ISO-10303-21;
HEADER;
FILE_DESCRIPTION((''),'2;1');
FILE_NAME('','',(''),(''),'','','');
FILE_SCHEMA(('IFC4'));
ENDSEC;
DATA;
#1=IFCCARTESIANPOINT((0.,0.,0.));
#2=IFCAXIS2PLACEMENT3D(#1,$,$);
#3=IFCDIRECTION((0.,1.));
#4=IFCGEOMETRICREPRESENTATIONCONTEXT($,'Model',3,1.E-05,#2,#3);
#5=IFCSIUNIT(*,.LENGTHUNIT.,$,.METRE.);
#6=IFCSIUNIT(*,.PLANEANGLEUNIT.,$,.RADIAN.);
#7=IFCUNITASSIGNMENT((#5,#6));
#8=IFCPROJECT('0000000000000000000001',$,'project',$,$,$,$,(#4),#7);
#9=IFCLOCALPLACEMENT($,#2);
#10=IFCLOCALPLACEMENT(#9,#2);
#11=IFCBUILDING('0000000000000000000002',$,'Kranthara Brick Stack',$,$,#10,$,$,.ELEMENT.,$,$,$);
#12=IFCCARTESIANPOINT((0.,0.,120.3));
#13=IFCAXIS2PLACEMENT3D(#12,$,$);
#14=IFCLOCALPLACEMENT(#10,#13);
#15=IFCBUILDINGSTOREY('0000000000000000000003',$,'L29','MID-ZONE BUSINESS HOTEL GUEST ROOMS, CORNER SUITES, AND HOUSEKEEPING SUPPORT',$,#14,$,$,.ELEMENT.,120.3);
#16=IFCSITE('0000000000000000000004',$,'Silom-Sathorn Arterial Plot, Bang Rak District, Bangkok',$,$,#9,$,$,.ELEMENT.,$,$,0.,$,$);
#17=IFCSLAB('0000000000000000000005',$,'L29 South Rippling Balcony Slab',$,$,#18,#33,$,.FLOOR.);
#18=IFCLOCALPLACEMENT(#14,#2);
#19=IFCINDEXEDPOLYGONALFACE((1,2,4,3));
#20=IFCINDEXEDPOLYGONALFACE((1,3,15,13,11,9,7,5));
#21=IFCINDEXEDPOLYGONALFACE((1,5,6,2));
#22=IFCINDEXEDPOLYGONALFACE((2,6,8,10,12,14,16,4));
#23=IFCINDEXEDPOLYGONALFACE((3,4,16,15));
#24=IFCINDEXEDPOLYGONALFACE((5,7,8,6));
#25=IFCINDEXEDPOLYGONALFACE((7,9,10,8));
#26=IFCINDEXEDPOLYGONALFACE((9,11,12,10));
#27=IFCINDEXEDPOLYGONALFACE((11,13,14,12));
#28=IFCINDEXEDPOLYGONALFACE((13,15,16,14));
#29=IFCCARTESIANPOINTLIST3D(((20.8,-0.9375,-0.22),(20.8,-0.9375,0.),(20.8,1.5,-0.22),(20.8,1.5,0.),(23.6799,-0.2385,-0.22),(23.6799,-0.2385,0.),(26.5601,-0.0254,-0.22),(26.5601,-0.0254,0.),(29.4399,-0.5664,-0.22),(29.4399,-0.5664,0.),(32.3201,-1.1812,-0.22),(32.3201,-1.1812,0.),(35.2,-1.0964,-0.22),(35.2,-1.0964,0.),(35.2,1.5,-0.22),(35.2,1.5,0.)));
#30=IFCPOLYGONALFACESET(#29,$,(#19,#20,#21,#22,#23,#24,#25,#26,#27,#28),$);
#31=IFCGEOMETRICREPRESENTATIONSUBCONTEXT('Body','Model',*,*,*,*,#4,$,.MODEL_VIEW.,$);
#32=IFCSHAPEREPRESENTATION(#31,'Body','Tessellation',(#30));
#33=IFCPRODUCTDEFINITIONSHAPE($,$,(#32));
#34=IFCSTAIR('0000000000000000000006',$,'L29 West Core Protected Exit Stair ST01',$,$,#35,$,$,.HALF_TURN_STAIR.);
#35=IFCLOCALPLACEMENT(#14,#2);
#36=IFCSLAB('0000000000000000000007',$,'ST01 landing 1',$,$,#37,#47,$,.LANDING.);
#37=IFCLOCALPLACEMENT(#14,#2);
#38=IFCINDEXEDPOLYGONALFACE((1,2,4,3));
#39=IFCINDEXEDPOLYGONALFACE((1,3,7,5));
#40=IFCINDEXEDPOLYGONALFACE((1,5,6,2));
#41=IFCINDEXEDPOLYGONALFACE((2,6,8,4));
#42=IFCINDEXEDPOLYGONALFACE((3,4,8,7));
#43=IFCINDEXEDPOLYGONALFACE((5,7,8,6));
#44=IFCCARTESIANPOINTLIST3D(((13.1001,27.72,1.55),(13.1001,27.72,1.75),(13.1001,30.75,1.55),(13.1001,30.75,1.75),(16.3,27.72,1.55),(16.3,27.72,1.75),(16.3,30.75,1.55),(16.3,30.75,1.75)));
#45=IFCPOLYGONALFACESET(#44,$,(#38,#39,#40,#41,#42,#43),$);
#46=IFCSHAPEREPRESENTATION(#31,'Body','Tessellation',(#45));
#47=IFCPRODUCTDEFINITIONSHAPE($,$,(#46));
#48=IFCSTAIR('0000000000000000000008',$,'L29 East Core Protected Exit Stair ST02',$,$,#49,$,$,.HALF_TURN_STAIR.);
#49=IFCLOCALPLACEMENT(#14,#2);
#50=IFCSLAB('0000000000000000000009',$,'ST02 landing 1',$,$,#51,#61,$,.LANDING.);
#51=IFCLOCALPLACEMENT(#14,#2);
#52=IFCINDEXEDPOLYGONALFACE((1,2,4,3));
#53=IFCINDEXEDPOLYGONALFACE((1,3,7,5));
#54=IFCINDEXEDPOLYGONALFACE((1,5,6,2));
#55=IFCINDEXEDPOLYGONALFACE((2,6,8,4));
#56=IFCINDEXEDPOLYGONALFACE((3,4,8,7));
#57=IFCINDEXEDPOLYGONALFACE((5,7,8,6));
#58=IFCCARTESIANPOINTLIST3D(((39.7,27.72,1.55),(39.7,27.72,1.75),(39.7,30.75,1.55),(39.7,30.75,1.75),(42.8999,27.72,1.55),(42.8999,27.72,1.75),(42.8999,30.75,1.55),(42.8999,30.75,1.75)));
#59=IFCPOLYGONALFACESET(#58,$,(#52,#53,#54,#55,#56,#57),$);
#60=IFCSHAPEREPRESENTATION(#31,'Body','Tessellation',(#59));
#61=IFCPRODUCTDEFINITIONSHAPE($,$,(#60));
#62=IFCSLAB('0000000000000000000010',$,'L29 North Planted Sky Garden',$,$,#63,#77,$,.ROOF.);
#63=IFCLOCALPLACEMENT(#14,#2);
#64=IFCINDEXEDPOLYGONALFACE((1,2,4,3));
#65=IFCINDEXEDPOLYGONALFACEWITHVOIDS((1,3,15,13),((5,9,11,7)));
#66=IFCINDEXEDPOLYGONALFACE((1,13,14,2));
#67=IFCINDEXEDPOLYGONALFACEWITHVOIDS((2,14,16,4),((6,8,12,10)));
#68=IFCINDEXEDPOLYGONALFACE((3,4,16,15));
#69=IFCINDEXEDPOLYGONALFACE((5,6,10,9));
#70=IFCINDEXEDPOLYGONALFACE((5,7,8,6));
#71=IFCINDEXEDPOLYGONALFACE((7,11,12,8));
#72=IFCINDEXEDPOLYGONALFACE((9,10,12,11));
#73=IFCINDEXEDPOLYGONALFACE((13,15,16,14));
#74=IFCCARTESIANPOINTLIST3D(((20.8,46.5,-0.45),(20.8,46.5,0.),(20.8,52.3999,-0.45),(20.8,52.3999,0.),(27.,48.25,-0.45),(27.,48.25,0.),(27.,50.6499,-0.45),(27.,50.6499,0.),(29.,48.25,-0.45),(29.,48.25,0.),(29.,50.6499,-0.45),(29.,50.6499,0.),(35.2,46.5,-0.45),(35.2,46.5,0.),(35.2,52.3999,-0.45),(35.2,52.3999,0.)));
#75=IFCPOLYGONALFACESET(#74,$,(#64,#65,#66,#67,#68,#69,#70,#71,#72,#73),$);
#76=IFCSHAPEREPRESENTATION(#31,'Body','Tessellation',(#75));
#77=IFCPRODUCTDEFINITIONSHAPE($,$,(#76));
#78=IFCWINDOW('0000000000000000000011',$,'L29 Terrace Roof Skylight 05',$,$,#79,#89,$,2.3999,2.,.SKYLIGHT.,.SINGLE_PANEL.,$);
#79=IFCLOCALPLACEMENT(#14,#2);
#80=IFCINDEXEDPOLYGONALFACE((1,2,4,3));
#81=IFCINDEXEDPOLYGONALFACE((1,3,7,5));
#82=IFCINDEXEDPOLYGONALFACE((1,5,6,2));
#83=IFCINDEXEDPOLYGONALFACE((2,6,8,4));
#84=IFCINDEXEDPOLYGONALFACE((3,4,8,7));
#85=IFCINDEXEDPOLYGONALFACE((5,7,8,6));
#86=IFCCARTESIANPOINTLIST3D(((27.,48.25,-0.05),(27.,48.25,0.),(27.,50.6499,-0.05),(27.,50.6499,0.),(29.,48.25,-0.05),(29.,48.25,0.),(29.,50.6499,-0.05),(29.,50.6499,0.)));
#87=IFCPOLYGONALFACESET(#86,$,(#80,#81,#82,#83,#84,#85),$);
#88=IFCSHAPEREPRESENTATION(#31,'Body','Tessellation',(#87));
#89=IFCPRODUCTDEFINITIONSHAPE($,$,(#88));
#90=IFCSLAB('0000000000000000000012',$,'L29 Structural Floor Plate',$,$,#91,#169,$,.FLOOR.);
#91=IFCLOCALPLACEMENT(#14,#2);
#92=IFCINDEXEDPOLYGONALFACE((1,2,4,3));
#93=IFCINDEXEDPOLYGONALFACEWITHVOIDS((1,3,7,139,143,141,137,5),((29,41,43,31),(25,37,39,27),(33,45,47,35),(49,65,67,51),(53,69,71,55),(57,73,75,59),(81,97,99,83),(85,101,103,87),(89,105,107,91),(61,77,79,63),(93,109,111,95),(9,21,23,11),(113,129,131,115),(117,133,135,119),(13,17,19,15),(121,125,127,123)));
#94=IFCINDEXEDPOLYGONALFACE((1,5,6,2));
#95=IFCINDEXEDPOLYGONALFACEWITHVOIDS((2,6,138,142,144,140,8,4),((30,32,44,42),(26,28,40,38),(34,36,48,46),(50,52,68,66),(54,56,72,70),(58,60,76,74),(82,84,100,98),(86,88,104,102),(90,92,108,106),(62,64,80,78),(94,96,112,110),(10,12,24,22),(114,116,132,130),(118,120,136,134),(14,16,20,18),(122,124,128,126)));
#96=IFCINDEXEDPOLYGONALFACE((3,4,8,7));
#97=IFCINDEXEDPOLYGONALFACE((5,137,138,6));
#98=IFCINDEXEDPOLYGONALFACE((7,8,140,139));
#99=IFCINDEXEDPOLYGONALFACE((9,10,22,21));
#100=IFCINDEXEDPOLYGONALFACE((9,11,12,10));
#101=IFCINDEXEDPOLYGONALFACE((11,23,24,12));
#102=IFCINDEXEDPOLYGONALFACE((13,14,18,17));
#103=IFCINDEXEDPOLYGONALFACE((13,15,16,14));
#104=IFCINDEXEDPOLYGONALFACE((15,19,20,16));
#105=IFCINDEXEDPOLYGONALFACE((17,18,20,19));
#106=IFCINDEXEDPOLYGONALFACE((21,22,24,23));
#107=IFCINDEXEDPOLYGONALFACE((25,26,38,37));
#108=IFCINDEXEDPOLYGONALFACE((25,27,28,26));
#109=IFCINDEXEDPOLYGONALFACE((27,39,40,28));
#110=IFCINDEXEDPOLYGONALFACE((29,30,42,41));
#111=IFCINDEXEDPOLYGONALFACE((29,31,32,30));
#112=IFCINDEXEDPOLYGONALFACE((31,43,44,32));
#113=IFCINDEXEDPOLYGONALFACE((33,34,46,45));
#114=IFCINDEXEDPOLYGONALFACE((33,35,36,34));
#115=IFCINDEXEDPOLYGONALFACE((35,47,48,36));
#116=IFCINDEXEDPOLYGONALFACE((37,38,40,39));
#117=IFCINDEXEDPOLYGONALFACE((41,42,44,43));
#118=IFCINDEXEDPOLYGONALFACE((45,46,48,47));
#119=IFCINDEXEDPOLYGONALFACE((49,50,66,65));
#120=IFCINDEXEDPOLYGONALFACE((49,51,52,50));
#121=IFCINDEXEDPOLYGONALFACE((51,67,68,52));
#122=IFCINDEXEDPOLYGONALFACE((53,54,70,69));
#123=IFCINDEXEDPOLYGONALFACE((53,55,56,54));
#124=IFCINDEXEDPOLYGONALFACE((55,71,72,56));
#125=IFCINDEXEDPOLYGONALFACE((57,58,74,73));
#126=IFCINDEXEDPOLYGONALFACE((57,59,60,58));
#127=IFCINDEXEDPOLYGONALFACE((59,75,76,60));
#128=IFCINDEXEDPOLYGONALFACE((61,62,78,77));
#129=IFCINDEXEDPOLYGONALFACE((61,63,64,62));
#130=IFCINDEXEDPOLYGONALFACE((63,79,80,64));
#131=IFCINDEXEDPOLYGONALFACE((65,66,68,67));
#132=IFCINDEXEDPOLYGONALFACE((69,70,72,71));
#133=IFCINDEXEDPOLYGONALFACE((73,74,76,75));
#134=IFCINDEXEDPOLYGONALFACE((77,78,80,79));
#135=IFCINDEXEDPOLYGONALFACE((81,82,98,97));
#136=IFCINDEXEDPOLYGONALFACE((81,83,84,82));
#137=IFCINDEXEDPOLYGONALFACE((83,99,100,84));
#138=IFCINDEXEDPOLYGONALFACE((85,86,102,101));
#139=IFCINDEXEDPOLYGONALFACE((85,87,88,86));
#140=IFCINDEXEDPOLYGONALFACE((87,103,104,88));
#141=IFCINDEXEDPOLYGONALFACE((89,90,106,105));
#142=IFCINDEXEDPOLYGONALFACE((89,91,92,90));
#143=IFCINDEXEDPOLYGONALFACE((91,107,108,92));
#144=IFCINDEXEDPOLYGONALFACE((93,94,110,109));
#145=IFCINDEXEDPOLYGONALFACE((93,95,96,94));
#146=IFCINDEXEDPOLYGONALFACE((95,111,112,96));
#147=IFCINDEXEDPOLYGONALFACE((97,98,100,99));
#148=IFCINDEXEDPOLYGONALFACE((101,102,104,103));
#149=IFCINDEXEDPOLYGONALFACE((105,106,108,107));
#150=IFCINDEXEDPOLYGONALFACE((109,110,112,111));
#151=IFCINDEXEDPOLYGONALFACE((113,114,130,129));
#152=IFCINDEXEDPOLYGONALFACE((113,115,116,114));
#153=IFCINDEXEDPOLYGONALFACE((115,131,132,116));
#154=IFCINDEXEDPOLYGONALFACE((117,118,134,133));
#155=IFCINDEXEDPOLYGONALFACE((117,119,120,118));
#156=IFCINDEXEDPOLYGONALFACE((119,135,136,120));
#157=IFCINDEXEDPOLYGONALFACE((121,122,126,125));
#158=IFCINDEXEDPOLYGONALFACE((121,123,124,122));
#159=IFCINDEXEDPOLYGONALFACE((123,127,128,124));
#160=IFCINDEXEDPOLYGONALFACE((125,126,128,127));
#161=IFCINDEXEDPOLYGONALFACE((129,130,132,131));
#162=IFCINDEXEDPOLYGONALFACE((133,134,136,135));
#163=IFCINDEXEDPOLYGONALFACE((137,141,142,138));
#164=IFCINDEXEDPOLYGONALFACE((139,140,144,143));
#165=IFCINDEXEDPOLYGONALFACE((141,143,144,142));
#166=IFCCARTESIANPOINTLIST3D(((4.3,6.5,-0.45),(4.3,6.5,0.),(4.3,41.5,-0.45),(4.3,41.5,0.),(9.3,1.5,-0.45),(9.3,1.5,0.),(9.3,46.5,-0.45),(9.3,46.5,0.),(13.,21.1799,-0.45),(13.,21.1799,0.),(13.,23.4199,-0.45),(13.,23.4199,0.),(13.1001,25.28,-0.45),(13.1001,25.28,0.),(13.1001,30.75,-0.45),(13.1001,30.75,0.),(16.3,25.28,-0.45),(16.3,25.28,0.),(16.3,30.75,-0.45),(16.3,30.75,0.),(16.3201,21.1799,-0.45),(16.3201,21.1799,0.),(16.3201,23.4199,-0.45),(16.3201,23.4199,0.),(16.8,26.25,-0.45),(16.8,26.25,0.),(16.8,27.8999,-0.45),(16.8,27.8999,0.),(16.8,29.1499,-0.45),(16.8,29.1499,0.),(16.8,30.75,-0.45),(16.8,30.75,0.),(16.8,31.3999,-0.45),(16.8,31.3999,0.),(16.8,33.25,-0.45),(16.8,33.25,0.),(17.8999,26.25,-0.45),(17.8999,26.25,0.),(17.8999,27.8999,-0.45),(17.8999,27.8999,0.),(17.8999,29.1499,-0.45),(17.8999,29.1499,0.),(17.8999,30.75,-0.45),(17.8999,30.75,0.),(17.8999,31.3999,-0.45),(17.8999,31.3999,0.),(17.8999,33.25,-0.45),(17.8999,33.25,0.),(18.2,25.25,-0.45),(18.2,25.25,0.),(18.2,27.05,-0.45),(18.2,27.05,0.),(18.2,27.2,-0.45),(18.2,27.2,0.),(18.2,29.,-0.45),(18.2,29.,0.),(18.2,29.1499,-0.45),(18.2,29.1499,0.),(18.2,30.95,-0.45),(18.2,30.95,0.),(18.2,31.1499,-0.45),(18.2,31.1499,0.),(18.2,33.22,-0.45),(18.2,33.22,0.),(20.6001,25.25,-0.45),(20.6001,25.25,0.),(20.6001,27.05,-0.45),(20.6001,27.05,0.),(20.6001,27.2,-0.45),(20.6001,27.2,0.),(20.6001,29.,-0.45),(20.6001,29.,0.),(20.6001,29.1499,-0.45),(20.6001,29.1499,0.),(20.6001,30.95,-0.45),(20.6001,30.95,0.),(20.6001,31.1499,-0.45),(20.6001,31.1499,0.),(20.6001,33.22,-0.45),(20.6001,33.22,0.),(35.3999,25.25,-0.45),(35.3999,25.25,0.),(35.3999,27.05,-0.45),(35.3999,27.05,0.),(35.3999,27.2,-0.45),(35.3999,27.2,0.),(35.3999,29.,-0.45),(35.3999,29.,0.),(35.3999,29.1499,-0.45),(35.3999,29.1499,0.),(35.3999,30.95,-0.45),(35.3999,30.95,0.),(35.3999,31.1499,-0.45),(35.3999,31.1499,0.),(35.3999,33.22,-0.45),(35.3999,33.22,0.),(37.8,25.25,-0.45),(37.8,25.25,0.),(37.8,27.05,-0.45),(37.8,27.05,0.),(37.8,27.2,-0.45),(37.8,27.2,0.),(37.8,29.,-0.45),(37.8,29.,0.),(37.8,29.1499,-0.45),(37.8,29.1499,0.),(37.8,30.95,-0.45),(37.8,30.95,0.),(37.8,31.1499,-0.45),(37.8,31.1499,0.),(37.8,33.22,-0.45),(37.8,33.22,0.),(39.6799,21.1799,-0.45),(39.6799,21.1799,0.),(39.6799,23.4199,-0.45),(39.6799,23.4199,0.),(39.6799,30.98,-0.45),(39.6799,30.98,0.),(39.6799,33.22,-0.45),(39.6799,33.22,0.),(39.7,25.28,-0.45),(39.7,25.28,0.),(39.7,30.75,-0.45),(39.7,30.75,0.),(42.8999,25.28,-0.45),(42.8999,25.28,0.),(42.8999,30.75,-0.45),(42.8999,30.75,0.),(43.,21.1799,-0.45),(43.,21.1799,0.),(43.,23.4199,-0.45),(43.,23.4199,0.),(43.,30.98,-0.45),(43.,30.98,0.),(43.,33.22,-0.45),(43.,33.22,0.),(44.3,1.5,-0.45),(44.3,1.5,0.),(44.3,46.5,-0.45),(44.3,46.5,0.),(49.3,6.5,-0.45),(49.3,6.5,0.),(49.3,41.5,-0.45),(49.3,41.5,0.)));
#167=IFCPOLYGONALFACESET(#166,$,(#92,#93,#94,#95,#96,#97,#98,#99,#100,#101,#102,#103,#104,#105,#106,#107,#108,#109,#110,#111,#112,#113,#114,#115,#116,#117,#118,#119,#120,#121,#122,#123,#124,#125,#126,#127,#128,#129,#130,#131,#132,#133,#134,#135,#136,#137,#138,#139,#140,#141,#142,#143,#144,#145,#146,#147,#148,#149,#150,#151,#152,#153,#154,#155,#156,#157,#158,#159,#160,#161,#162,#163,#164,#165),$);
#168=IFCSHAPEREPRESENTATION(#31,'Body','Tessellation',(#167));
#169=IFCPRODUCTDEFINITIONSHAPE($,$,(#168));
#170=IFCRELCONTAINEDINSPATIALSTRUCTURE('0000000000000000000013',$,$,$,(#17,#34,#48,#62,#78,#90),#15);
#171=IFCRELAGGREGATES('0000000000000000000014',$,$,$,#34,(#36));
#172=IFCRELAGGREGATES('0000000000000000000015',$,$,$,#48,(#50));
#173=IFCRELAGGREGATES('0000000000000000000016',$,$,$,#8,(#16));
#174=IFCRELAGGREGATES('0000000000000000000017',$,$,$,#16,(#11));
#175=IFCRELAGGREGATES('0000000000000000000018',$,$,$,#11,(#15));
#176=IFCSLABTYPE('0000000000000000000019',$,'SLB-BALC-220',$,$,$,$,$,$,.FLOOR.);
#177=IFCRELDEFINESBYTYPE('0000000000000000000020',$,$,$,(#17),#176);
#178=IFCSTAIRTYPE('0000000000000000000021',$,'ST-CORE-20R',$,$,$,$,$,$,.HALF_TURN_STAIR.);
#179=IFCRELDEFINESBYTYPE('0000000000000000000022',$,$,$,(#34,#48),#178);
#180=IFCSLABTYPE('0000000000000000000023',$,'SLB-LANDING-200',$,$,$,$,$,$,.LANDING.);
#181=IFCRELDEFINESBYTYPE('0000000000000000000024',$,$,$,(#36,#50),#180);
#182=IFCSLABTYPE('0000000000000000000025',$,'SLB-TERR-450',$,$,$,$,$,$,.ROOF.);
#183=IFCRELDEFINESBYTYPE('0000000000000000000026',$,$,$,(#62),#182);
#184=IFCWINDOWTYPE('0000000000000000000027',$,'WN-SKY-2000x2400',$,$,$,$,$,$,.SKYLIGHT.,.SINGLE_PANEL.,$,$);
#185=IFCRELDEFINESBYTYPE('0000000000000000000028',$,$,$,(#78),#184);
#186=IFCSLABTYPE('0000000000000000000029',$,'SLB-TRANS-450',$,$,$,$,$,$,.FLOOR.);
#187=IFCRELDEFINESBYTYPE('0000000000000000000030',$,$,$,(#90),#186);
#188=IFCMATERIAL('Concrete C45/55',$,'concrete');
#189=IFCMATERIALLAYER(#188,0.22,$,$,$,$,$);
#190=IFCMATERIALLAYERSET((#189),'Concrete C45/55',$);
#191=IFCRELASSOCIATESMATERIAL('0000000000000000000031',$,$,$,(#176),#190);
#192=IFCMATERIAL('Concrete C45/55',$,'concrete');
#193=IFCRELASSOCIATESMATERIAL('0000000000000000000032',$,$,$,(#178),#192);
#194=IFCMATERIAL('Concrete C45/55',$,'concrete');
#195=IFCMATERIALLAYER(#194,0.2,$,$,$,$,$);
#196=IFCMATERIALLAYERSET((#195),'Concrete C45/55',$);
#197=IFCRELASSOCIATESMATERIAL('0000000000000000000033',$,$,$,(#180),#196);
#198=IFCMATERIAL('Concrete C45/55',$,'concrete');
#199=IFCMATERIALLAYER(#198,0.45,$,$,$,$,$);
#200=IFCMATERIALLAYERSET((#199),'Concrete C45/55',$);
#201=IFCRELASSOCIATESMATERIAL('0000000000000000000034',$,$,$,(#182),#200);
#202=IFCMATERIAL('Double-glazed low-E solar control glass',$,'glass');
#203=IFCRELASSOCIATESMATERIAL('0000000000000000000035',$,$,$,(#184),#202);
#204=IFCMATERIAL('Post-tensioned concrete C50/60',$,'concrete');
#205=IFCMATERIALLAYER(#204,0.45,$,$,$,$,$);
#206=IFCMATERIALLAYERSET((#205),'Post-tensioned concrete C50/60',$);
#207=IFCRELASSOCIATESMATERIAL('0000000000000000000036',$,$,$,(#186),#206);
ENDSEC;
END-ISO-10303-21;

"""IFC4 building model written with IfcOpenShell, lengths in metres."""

from ifc_helpers import new_model, si_unit, direction, frame, origin, origin_2d, place, context, subcontext, project, spatial, polyline, rectangle, outline, extrude, material, layer, layer_set, type_object, element, fill, aggregate, save


model = new_model("IFC4")

# Units and contexts
model_context = context("Model", 3, precision=1e-05, world=origin(), true_north=direction((0.0, 1.0)))
body_context = subcontext(model_context, "Body", "Model", "MODEL_VIEW")
ifc_project = project(units=[si_unit("LENGTHUNIT", "METRE"), si_unit("PLANEANGLEUNIT", "RADIAN")], contexts=[model_context])

# Site, building, storey
site_placement = place(None, origin())
site = spatial("IfcSite", under=ifc_project, at=site_placement, Name="Silom-Sathorn Arterial Plot, Bang Rak District, Bangkok", CompositionType="ELEMENT", RefElevation=0.0)
building_placement = place(site_placement, origin())
building = spatial("IfcBuilding", under=site, at=building_placement, Name="Kranthara Brick Stack", CompositionType="ELEMENT")
storey_placement = place(building_placement, frame((0.0, 0.0, 120.3)))
storey = spatial("IfcBuildingStorey", under=building, at=storey_placement, Name="L29", Description="MID-ZONE BUSINESS HOTEL GUEST ROOMS, CORNER SUITES, AND HOUSEKEEPING SUPPORT", CompositionType="ELEMENT", Elevation=120.3)

# Slab
ifc_material_1 = material(Name="Concrete C45/55", Category="concrete")
ifc_layer_1 = layer(ifc_material_1, 0.22)
ifc_layer_set_1 = layer_set([ifc_layer_1], Name="Concrete C45/55")
slab_type_1 = type_object("IfcSlabType", Name="SLB-BALC-220", PredefinedType="FLOOR", material=ifc_layer_set_1)
slab_1_placement = place(storey_placement, frame((0.0, 0.0, -0.22)))
element("IfcSlab", 1, at=slab_1_placement, inside=storey, type_object=slab_type_1, Name="L29 South Rippling Balcony Slab", PredefinedType="FLOOR", context=body_context, shape_type="SweptSolid", body=[
    extrude(outline(polyline([(20.8, 1.5), (35.2, 1.5), (35.2, -1.0964), (32.3201, -1.1812), (29.4399, -0.5664), (26.5601, -0.0254), (23.6799, -0.2385), (20.8, -0.9375), (20.8, 1.5)])), origin(), (0.0, 0.0, 1.0), 0.22),
])

# Stairs, slabs
ifc_material_2 = material(Name="Concrete C45/55", Category="concrete")
stair_type = type_object("IfcStairType", Name="ST-CORE-20R", PredefinedType="HALF_TURN_STAIR", material=ifc_material_2)
stair_1_placement = place(storey_placement, origin())
stair_1 = element("IfcStair", 2, at=stair_1_placement, inside=storey, type_object=stair_type, Name="L29 West Core Protected Exit Stair ST01", PredefinedType="HALF_TURN_STAIR")
ifc_material_3 = material(Name="Concrete C45/55", Category="concrete")
ifc_layer_2 = layer(ifc_material_3, 0.2)
ifc_layer_set_2 = layer_set([ifc_layer_2], Name="Concrete C45/55")
slab_type_2 = type_object("IfcSlabType", Name="SLB-LANDING-200", PredefinedType="LANDING", material=ifc_layer_set_2)
slab_2_placement = place(storey_placement, frame((0.0, 0.0, 1.55)))
slab_2 = element("IfcSlab", 3, at=slab_2_placement, type_object=slab_type_2, Name="ST01 landing 1", PredefinedType="LANDING", context=body_context, shape_type="SweptSolid", body=[
    extrude(outline(polyline([(16.3, 27.72), (16.3, 30.75), (13.1001, 30.75), (13.1001, 27.72), (16.3, 27.72)])), origin(), (0.0, 0.0, 1.0), 0.2),
])
aggregate(stair_1, [slab_2])
stair_2_placement = place(storey_placement, origin())
stair_2 = element("IfcStair", 4, at=stair_2_placement, inside=storey, type_object=stair_type, Name="L29 East Core Protected Exit Stair ST02", PredefinedType="HALF_TURN_STAIR")
slab_3_placement = place(storey_placement, frame((0.0, 0.0, 1.55)))
slab_3 = element("IfcSlab", 5, at=slab_3_placement, type_object=slab_type_2, Name="ST02 landing 1", PredefinedType="LANDING", context=body_context, shape_type="SweptSolid", body=[
    extrude(outline(polyline([(42.8999, 27.72), (42.8999, 30.75), (39.7, 30.75), (39.7, 27.72), (42.8999, 27.72)])), origin(), (0.0, 0.0, 1.0), 0.2),
])
aggregate(stair_2, [slab_3])

# Slab, opening, window
ifc_material_4 = material(Name="Concrete C45/55", Category="concrete")
ifc_layer_3 = layer(ifc_material_4, 0.45)
ifc_layer_set_3 = layer_set([ifc_layer_3], Name="Concrete C45/55")
slab_type_3 = type_object("IfcSlabType", Name="SLB-TERR-450", PredefinedType="ROOF", material=ifc_layer_set_3)
slab_4_placement = place(storey_placement, frame((0.0, 0.0, -0.45)))
slab_4 = element("IfcSlab", 6, at=slab_4_placement, inside=storey, type_object=slab_type_3, Name="L29 North Planted Sky Garden", PredefinedType="ROOF", context=body_context, shape_type="SweptSolid", body=[
    extrude(outline(polyline([(20.8, 46.5), (35.2, 46.5), (35.2, 52.3999), (20.8, 52.3999), (20.8, 46.5)]), holes=[polyline([(27.0, 48.25), (29.0, 48.25), (29.0, 50.6499), (27.0, 50.6499), (27.0, 48.25)])]), origin(), (0.0, 0.0, 1.0), 0.45),
])
opening_placement = place(slab_4_placement, frame((28.0, 49.45, 0.0)))
opening = element("IfcOpeningElement", 7, at=opening_placement, cuts=slab_4, PredefinedType="OPENING", context=body_context, shape_type="SweptSolid", body=[
    extrude(rectangle(XDim=2.0, YDim=2.3999, at=origin_2d()), origin(), (0.0, 0.0, 1.0), 0.45),
])
ifc_material_5 = material(Name="Double-glazed low-E solar control glass", Category="glass")
window_type = type_object("IfcWindowType", Name="WN-SKY-2000x2400", PartitioningType="SINGLE_PANEL", PredefinedType="SKYLIGHT", material=ifc_material_5)
window_placement = place(opening_placement, frame((0.0, 0.0, 0.3999)))
window = element("IfcWindow", 8, at=window_placement, inside=storey, type_object=window_type, Name="L29 Terrace Roof Skylight 05", OverallHeight=2.3999, OverallWidth=2.0, PartitioningType="SINGLE_PANEL", PredefinedType="SKYLIGHT", context=body_context, shape_type="SweptSolid", body=[
    extrude(rectangle(XDim=2.0, YDim=2.3999, at=origin_2d()), origin(), (0.0, 0.0, 1.0), 0.05),
])
fill(opening, window)

# Slab
ifc_material_6 = material(Name="Post-tensioned concrete C50/60", Category="concrete")
ifc_layer_4 = layer(ifc_material_6, 0.45)
ifc_layer_set_4 = layer_set([ifc_layer_4], Name="Post-tensioned concrete C50/60")
slab_type_4 = type_object("IfcSlabType", Name="SLB-TRANS-450", PredefinedType="FLOOR", material=ifc_layer_set_4)
slab_5_placement = place(storey_placement, frame((0.0, 0.0, -0.45)))
element("IfcSlab", 9, at=slab_5_placement, inside=storey, type_object=slab_type_4, Name="L29 Structural Floor Plate", PredefinedType="FLOOR", context=body_context, shape_type="SweptSolid", body=[
    extrude(outline(polyline([(9.3, 1.5), (44.3, 1.5), (49.3, 6.5), (49.3, 41.5), (44.3, 46.5), (9.3, 46.5), (4.3, 41.5), (4.3, 6.5), (9.3, 1.5)]), holes=[polyline([(13.1001, 25.28), (16.3, 25.28), (16.3, 30.75), (13.1001, 30.75), (13.1001, 25.28)]), polyline([(39.7, 25.28), (42.8999, 25.28), (42.8999, 30.75), (39.7, 30.75), (39.7, 25.28)]), polyline([(13.0, 21.1799), (16.3201, 21.1799), (16.3201, 23.4199), (13.0, 23.4199), (13.0, 21.1799)]), polyline([(39.6799, 21.1799), (43.0, 21.1799), (43.0, 23.4199), (39.6799, 23.4199), (39.6799, 21.1799)]), polyline([(39.6799, 30.98), (43.0, 30.98), (43.0, 33.22), (39.6799, 33.22), (39.6799, 30.98)]), polyline([(18.2, 25.25), (20.6001, 25.25), (20.6001, 27.05), (18.2, 27.05), (18.2, 25.25)]), polyline([(18.2, 27.2), (20.6001, 27.2), (20.6001, 29.0), (18.2, 29.0), (18.2, 27.2)]), polyline([(18.2, 29.1499), (20.6001, 29.1499), (20.6001, 30.95), (18.2, 30.95), (18.2, 29.1499)]), polyline([(35.3999, 25.25), (37.8, 25.25), (37.8, 27.05), (35.3999, 27.05), (35.3999, 25.25)]), polyline([(35.3999, 27.2), (37.8, 27.2), (37.8, 29.0), (35.3999, 29.0), (35.3999, 27.2)]), polyline([(35.3999, 29.1499), (37.8, 29.1499), (37.8, 30.95), (35.3999, 30.95), (35.3999, 29.1499)]), polyline([(18.2, 31.1499), (20.6001, 31.1499), (20.6001, 33.22), (18.2, 33.22), (18.2, 31.1499)]), polyline([(35.3999, 31.1499), (37.8, 31.1499), (37.8, 33.22), (35.3999, 33.22), (35.3999, 31.1499)]), polyline([(16.8, 26.25), (17.8999, 26.25), (17.8999, 27.8999), (16.8, 27.8999), (16.8, 26.25)]), polyline([(16.8, 29.1499), (17.8999, 29.1499), (17.8999, 30.75), (16.8, 30.75), (16.8, 29.1499)]), polyline([(16.8, 31.3999), (17.8999, 31.3999), (17.8999, 33.25), (16.8, 33.25), (16.8, 31.3999)])]), origin(), (0.0, 0.0, 1.0), 0.45),
])

save(model, "model.ifc")
